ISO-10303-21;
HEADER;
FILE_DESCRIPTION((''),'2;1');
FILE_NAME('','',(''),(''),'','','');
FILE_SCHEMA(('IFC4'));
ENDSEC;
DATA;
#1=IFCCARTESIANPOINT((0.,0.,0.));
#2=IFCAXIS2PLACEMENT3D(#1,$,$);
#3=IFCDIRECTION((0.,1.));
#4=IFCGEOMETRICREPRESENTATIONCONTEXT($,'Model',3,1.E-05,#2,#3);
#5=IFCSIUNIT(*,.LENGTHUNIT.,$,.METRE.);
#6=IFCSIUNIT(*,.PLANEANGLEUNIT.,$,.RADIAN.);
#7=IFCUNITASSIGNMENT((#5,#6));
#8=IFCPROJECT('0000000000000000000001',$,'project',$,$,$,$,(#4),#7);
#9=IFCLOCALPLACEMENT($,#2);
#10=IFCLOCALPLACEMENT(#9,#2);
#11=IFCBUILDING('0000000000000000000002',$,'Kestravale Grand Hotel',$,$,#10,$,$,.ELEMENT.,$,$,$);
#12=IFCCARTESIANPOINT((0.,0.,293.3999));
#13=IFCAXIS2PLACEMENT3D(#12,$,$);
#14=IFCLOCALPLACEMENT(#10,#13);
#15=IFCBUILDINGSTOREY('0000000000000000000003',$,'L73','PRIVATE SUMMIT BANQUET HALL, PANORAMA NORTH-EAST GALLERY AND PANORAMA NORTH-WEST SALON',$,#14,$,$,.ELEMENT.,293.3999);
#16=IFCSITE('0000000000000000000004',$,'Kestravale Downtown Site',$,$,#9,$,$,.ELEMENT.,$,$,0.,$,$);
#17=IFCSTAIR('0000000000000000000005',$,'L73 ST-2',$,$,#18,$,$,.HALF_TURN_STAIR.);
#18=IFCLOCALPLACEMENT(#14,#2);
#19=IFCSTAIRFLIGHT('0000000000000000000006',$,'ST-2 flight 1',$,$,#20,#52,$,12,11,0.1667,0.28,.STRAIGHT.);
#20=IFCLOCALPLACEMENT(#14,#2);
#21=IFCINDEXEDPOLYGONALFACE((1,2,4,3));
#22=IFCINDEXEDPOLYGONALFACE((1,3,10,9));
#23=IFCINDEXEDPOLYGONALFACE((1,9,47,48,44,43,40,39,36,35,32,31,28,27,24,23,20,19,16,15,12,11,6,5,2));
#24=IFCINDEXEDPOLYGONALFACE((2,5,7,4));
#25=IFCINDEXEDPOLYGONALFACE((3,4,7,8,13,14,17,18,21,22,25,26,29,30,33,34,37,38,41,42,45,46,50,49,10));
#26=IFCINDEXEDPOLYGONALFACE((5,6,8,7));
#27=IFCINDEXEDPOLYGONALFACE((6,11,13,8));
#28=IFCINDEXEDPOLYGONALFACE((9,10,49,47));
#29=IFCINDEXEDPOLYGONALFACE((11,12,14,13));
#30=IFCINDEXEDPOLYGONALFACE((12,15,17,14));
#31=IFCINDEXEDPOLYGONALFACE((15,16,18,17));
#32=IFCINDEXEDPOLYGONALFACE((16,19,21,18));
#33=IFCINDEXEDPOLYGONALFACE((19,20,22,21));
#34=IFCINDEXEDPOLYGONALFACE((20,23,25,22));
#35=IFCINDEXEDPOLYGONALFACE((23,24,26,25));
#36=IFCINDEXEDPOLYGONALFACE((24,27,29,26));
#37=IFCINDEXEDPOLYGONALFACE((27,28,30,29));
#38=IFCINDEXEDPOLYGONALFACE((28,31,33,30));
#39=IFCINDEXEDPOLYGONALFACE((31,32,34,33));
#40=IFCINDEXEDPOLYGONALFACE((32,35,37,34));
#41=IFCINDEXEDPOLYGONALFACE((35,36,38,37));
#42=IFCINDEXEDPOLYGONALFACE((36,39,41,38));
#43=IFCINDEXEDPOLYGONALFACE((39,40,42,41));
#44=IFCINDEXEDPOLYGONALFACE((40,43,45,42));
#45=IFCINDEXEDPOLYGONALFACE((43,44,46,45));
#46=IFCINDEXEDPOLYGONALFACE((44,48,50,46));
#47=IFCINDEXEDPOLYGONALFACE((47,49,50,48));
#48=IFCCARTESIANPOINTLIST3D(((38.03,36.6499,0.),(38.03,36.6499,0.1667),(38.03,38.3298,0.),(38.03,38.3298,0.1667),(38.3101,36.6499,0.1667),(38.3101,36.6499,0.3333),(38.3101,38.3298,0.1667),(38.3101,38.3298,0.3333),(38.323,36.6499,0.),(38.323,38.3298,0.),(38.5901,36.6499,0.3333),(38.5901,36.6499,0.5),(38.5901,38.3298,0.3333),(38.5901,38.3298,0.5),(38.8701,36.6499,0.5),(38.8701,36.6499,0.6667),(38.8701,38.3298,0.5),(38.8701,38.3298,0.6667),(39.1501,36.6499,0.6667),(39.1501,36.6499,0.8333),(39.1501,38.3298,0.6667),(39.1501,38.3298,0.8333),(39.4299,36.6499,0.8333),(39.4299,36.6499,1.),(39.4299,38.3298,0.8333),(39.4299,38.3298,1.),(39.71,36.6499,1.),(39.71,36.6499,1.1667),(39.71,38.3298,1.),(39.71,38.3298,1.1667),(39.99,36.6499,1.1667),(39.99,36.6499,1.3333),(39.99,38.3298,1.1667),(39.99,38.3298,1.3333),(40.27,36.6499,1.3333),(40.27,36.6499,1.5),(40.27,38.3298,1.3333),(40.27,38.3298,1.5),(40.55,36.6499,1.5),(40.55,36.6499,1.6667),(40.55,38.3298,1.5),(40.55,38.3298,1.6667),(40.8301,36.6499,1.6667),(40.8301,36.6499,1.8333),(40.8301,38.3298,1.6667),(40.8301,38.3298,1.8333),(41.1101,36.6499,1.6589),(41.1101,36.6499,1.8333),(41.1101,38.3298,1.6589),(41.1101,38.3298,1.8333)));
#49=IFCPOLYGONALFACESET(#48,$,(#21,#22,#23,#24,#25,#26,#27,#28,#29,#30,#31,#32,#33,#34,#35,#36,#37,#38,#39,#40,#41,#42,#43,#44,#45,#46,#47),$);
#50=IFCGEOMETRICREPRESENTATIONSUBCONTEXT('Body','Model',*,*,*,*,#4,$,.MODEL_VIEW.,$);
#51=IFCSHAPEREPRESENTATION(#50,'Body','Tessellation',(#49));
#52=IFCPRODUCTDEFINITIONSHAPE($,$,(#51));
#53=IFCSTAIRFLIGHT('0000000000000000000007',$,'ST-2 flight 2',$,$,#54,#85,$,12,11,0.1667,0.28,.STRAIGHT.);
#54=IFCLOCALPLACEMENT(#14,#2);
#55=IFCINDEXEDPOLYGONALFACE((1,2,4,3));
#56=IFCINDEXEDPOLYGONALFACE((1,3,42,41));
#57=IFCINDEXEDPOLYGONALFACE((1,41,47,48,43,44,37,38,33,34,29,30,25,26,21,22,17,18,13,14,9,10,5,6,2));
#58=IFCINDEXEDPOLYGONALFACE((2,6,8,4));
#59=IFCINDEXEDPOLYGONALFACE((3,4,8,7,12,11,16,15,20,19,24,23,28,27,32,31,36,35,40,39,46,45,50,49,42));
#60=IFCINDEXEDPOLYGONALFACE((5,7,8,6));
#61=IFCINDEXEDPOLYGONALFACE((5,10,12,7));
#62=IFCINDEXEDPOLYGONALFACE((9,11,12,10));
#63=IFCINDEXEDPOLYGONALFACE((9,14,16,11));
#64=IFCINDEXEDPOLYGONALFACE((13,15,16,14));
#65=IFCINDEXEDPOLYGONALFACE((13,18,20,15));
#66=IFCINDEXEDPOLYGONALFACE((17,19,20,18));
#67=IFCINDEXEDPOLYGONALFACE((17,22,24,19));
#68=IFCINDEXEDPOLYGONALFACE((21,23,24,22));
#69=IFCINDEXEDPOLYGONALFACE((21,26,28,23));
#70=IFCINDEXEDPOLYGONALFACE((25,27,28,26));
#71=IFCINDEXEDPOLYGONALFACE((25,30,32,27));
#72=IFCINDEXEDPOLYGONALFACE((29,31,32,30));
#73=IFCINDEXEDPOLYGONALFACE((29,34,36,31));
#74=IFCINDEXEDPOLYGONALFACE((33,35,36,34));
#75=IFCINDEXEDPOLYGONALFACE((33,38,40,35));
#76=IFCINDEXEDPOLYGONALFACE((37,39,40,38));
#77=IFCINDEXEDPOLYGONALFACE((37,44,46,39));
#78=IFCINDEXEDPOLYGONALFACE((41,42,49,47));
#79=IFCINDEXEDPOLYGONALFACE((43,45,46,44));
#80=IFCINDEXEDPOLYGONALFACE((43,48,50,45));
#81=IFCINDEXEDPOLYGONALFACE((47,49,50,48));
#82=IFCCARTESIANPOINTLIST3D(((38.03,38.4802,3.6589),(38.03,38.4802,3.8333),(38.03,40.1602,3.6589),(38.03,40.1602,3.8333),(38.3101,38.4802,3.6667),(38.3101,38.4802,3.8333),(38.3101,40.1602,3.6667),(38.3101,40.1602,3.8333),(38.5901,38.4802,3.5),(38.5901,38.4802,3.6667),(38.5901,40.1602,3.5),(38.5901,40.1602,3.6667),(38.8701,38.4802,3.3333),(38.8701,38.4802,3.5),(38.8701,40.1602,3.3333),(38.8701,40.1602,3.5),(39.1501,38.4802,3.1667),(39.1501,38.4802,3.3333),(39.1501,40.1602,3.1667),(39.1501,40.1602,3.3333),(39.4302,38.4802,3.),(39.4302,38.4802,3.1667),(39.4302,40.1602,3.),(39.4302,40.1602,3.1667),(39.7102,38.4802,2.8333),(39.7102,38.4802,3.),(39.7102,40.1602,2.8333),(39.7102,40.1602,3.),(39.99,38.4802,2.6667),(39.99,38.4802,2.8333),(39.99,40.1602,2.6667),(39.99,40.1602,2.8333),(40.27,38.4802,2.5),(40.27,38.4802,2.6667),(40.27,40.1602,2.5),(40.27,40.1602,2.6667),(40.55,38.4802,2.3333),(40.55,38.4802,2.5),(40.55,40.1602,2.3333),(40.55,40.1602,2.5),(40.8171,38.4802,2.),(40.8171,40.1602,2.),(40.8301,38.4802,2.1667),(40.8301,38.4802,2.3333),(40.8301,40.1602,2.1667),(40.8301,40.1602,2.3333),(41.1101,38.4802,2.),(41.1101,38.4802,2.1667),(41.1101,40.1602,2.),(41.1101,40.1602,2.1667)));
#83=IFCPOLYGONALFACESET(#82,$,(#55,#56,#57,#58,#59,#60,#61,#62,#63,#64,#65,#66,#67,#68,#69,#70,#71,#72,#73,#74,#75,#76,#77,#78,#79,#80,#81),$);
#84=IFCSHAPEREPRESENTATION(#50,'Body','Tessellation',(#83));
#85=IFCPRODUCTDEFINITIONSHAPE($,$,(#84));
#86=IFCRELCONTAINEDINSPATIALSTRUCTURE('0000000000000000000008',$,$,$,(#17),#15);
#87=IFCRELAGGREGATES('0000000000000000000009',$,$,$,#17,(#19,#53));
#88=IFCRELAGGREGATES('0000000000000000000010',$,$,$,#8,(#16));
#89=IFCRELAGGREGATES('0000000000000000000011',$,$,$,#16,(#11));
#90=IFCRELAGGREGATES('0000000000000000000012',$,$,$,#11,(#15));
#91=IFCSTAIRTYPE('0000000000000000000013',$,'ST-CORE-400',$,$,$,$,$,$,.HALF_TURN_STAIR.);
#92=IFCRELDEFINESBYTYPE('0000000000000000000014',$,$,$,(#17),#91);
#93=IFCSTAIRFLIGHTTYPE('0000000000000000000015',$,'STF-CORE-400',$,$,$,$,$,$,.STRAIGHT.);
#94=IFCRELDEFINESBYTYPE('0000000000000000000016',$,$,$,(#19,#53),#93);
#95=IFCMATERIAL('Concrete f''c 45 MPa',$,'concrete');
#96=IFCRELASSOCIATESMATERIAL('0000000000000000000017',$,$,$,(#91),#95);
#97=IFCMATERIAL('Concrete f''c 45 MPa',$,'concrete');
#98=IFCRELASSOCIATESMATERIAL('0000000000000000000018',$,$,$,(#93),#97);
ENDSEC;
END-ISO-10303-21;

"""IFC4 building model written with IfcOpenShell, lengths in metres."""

from ifc_helpers import new_model, si_unit, direction, frame, origin, place, context, subcontext, project, spatial, polyline, outline, extrude, material, type_object, element, aggregate, save


model = new_model("IFC4")

# Units and contexts
model_context = context("Model", 3, precision=1e-05, world=origin(), true_north=direction((0.0, 1.0)))
body_context = subcontext(model_context, "Body", "Model", "MODEL_VIEW")
ifc_project = project(units=[si_unit("LENGTHUNIT", "METRE"), si_unit("PLANEANGLEUNIT", "RADIAN")], contexts=[model_context])

# Site, building, storey
site_placement = place(None, origin())
site = spatial("IfcSite", under=ifc_project, at=site_placement, Name="Kestravale Downtown Site", CompositionType="ELEMENT", RefElevation=0.0)
building_placement = place(site_placement, origin())
building = spatial("IfcBuilding", under=site, at=building_placement, Name="Kestravale Grand Hotel", CompositionType="ELEMENT")
storey_placement = place(building_placement, frame((0.0, 0.0, 293.3999)))
storey = spatial("IfcBuildingStorey", under=building, at=storey_placement, Name="L73", Description="PRIVATE SUMMIT BANQUET HALL, PANORAMA NORTH-EAST GALLERY AND PANORAMA NORTH-WEST SALON", CompositionType="ELEMENT", Elevation=293.3999)

# Stair, stair flights
ifc_material_1 = material(Name="Concrete f'c 45 MPa", Category="concrete")
stair_type = type_object("IfcStairType", Name="ST-CORE-400", PredefinedType="HALF_TURN_STAIR", material=ifc_material_1)
stair_placement = place(storey_placement, origin())
stair = element("IfcStair", 1, at=stair_placement, inside=storey, type_object=stair_type, Name="L73 ST-2", PredefinedType="HALF_TURN_STAIR")
ifc_material_2 = material(Name="Concrete f'c 45 MPa", Category="concrete")
stair_flight_type = type_object("IfcStairFlightType", Name="STF-CORE-400", PredefinedType="STRAIGHT", material=ifc_material_2)
stair_flight_1_placement = place(storey_placement, frame((38.03, 37.49, 0.0), z_axis=(0.0, 0.0, 1.0), x_axis=(1.0, 0.0, 0.0)))
stair_flight_1 = element("IfcStairFlight", 2, at=stair_flight_1_placement, type_object=stair_flight_type, Name="ST-2 flight 1", NumberOfRisers=12, NumberOfTreads=11, PredefinedType="STRAIGHT", RiserHeight=0.1667, TreadLength=0.28, context=body_context, shape_type="SweptSolid", body=[
    extrude(outline(polyline([(0.0, 0.0), (0.0, 0.1667), (0.28, 0.1667), (0.28, 0.3333), (0.5601, 0.3333), (0.5601, 0.5), (0.8401, 0.5), (0.8401, 0.6667), (1.1201, 0.6667), (1.1201, 0.8333), (1.3999, 0.8333), (1.3999, 1.0), (1.6799, 1.0), (1.6799, 1.1667), (1.96, 1.1667), (1.96, 1.3333), (2.24, 1.3333), (2.24, 1.5), (2.52, 1.5), (2.52, 1.6667), (2.8, 1.6667), (2.8, 1.8333), (3.0801, 1.8333), (3.0801, 2.0), (3.0801, 1.6589), (0.293, 0.0), (0.0, 0.0)])), frame((0.0, 0.8398, 0.0), z_axis=(0.0, -1.0, 0.0), x_axis=(1.0, 0.0, 0.0)), (0.0, 0.0, 1.0), 1.6799),
])
stair_flight_2_placement = place(storey_placement, frame((41.1101, 39.3201, 2.0), z_axis=(0.0, 0.0, 1.0), x_axis=(-1.0, 0.0, 0.0)))
stair_flight_2 = element("IfcStairFlight", 3, at=stair_flight_2_placement, type_object=stair_flight_type, Name="ST-2 flight 2", NumberOfRisers=12, NumberOfTreads=11, PredefinedType="STRAIGHT", RiserHeight=0.1667, TreadLength=0.28, context=body_context, shape_type="SweptSolid", body=[
    extrude(outline(polyline([(0.0, 0.0), (0.0, 0.1667), (0.28, 0.1667), (0.28, 0.3333), (0.5601, 0.3333), (0.5601, 0.5), (0.8401, 0.5), (0.8401, 0.6667), (1.1201, 0.6667), (1.1201, 0.8333), (1.3999, 0.8333), (1.3999, 1.0), (1.6799, 1.0), (1.6799, 1.1667), (1.96, 1.1667), (1.96, 1.3333), (2.24, 1.3333), (2.24, 1.5), (2.52, 1.5), (2.52, 1.6667), (2.8, 1.6667), (2.8, 1.8333), (3.0801, 1.8333), (3.0801, 2.0), (3.0801, 1.6589), (0.293, 0.0), (0.0, 0.0)])), frame((0.0, 0.8398, 0.0), z_axis=(0.0, -1.0, 0.0), x_axis=(1.0, 0.0, 0.0)), (0.0, 0.0, 1.0), 1.6799),
])
aggregate(stair, [stair_flight_1, stair_flight_2])

save(model, "model.ifc")
